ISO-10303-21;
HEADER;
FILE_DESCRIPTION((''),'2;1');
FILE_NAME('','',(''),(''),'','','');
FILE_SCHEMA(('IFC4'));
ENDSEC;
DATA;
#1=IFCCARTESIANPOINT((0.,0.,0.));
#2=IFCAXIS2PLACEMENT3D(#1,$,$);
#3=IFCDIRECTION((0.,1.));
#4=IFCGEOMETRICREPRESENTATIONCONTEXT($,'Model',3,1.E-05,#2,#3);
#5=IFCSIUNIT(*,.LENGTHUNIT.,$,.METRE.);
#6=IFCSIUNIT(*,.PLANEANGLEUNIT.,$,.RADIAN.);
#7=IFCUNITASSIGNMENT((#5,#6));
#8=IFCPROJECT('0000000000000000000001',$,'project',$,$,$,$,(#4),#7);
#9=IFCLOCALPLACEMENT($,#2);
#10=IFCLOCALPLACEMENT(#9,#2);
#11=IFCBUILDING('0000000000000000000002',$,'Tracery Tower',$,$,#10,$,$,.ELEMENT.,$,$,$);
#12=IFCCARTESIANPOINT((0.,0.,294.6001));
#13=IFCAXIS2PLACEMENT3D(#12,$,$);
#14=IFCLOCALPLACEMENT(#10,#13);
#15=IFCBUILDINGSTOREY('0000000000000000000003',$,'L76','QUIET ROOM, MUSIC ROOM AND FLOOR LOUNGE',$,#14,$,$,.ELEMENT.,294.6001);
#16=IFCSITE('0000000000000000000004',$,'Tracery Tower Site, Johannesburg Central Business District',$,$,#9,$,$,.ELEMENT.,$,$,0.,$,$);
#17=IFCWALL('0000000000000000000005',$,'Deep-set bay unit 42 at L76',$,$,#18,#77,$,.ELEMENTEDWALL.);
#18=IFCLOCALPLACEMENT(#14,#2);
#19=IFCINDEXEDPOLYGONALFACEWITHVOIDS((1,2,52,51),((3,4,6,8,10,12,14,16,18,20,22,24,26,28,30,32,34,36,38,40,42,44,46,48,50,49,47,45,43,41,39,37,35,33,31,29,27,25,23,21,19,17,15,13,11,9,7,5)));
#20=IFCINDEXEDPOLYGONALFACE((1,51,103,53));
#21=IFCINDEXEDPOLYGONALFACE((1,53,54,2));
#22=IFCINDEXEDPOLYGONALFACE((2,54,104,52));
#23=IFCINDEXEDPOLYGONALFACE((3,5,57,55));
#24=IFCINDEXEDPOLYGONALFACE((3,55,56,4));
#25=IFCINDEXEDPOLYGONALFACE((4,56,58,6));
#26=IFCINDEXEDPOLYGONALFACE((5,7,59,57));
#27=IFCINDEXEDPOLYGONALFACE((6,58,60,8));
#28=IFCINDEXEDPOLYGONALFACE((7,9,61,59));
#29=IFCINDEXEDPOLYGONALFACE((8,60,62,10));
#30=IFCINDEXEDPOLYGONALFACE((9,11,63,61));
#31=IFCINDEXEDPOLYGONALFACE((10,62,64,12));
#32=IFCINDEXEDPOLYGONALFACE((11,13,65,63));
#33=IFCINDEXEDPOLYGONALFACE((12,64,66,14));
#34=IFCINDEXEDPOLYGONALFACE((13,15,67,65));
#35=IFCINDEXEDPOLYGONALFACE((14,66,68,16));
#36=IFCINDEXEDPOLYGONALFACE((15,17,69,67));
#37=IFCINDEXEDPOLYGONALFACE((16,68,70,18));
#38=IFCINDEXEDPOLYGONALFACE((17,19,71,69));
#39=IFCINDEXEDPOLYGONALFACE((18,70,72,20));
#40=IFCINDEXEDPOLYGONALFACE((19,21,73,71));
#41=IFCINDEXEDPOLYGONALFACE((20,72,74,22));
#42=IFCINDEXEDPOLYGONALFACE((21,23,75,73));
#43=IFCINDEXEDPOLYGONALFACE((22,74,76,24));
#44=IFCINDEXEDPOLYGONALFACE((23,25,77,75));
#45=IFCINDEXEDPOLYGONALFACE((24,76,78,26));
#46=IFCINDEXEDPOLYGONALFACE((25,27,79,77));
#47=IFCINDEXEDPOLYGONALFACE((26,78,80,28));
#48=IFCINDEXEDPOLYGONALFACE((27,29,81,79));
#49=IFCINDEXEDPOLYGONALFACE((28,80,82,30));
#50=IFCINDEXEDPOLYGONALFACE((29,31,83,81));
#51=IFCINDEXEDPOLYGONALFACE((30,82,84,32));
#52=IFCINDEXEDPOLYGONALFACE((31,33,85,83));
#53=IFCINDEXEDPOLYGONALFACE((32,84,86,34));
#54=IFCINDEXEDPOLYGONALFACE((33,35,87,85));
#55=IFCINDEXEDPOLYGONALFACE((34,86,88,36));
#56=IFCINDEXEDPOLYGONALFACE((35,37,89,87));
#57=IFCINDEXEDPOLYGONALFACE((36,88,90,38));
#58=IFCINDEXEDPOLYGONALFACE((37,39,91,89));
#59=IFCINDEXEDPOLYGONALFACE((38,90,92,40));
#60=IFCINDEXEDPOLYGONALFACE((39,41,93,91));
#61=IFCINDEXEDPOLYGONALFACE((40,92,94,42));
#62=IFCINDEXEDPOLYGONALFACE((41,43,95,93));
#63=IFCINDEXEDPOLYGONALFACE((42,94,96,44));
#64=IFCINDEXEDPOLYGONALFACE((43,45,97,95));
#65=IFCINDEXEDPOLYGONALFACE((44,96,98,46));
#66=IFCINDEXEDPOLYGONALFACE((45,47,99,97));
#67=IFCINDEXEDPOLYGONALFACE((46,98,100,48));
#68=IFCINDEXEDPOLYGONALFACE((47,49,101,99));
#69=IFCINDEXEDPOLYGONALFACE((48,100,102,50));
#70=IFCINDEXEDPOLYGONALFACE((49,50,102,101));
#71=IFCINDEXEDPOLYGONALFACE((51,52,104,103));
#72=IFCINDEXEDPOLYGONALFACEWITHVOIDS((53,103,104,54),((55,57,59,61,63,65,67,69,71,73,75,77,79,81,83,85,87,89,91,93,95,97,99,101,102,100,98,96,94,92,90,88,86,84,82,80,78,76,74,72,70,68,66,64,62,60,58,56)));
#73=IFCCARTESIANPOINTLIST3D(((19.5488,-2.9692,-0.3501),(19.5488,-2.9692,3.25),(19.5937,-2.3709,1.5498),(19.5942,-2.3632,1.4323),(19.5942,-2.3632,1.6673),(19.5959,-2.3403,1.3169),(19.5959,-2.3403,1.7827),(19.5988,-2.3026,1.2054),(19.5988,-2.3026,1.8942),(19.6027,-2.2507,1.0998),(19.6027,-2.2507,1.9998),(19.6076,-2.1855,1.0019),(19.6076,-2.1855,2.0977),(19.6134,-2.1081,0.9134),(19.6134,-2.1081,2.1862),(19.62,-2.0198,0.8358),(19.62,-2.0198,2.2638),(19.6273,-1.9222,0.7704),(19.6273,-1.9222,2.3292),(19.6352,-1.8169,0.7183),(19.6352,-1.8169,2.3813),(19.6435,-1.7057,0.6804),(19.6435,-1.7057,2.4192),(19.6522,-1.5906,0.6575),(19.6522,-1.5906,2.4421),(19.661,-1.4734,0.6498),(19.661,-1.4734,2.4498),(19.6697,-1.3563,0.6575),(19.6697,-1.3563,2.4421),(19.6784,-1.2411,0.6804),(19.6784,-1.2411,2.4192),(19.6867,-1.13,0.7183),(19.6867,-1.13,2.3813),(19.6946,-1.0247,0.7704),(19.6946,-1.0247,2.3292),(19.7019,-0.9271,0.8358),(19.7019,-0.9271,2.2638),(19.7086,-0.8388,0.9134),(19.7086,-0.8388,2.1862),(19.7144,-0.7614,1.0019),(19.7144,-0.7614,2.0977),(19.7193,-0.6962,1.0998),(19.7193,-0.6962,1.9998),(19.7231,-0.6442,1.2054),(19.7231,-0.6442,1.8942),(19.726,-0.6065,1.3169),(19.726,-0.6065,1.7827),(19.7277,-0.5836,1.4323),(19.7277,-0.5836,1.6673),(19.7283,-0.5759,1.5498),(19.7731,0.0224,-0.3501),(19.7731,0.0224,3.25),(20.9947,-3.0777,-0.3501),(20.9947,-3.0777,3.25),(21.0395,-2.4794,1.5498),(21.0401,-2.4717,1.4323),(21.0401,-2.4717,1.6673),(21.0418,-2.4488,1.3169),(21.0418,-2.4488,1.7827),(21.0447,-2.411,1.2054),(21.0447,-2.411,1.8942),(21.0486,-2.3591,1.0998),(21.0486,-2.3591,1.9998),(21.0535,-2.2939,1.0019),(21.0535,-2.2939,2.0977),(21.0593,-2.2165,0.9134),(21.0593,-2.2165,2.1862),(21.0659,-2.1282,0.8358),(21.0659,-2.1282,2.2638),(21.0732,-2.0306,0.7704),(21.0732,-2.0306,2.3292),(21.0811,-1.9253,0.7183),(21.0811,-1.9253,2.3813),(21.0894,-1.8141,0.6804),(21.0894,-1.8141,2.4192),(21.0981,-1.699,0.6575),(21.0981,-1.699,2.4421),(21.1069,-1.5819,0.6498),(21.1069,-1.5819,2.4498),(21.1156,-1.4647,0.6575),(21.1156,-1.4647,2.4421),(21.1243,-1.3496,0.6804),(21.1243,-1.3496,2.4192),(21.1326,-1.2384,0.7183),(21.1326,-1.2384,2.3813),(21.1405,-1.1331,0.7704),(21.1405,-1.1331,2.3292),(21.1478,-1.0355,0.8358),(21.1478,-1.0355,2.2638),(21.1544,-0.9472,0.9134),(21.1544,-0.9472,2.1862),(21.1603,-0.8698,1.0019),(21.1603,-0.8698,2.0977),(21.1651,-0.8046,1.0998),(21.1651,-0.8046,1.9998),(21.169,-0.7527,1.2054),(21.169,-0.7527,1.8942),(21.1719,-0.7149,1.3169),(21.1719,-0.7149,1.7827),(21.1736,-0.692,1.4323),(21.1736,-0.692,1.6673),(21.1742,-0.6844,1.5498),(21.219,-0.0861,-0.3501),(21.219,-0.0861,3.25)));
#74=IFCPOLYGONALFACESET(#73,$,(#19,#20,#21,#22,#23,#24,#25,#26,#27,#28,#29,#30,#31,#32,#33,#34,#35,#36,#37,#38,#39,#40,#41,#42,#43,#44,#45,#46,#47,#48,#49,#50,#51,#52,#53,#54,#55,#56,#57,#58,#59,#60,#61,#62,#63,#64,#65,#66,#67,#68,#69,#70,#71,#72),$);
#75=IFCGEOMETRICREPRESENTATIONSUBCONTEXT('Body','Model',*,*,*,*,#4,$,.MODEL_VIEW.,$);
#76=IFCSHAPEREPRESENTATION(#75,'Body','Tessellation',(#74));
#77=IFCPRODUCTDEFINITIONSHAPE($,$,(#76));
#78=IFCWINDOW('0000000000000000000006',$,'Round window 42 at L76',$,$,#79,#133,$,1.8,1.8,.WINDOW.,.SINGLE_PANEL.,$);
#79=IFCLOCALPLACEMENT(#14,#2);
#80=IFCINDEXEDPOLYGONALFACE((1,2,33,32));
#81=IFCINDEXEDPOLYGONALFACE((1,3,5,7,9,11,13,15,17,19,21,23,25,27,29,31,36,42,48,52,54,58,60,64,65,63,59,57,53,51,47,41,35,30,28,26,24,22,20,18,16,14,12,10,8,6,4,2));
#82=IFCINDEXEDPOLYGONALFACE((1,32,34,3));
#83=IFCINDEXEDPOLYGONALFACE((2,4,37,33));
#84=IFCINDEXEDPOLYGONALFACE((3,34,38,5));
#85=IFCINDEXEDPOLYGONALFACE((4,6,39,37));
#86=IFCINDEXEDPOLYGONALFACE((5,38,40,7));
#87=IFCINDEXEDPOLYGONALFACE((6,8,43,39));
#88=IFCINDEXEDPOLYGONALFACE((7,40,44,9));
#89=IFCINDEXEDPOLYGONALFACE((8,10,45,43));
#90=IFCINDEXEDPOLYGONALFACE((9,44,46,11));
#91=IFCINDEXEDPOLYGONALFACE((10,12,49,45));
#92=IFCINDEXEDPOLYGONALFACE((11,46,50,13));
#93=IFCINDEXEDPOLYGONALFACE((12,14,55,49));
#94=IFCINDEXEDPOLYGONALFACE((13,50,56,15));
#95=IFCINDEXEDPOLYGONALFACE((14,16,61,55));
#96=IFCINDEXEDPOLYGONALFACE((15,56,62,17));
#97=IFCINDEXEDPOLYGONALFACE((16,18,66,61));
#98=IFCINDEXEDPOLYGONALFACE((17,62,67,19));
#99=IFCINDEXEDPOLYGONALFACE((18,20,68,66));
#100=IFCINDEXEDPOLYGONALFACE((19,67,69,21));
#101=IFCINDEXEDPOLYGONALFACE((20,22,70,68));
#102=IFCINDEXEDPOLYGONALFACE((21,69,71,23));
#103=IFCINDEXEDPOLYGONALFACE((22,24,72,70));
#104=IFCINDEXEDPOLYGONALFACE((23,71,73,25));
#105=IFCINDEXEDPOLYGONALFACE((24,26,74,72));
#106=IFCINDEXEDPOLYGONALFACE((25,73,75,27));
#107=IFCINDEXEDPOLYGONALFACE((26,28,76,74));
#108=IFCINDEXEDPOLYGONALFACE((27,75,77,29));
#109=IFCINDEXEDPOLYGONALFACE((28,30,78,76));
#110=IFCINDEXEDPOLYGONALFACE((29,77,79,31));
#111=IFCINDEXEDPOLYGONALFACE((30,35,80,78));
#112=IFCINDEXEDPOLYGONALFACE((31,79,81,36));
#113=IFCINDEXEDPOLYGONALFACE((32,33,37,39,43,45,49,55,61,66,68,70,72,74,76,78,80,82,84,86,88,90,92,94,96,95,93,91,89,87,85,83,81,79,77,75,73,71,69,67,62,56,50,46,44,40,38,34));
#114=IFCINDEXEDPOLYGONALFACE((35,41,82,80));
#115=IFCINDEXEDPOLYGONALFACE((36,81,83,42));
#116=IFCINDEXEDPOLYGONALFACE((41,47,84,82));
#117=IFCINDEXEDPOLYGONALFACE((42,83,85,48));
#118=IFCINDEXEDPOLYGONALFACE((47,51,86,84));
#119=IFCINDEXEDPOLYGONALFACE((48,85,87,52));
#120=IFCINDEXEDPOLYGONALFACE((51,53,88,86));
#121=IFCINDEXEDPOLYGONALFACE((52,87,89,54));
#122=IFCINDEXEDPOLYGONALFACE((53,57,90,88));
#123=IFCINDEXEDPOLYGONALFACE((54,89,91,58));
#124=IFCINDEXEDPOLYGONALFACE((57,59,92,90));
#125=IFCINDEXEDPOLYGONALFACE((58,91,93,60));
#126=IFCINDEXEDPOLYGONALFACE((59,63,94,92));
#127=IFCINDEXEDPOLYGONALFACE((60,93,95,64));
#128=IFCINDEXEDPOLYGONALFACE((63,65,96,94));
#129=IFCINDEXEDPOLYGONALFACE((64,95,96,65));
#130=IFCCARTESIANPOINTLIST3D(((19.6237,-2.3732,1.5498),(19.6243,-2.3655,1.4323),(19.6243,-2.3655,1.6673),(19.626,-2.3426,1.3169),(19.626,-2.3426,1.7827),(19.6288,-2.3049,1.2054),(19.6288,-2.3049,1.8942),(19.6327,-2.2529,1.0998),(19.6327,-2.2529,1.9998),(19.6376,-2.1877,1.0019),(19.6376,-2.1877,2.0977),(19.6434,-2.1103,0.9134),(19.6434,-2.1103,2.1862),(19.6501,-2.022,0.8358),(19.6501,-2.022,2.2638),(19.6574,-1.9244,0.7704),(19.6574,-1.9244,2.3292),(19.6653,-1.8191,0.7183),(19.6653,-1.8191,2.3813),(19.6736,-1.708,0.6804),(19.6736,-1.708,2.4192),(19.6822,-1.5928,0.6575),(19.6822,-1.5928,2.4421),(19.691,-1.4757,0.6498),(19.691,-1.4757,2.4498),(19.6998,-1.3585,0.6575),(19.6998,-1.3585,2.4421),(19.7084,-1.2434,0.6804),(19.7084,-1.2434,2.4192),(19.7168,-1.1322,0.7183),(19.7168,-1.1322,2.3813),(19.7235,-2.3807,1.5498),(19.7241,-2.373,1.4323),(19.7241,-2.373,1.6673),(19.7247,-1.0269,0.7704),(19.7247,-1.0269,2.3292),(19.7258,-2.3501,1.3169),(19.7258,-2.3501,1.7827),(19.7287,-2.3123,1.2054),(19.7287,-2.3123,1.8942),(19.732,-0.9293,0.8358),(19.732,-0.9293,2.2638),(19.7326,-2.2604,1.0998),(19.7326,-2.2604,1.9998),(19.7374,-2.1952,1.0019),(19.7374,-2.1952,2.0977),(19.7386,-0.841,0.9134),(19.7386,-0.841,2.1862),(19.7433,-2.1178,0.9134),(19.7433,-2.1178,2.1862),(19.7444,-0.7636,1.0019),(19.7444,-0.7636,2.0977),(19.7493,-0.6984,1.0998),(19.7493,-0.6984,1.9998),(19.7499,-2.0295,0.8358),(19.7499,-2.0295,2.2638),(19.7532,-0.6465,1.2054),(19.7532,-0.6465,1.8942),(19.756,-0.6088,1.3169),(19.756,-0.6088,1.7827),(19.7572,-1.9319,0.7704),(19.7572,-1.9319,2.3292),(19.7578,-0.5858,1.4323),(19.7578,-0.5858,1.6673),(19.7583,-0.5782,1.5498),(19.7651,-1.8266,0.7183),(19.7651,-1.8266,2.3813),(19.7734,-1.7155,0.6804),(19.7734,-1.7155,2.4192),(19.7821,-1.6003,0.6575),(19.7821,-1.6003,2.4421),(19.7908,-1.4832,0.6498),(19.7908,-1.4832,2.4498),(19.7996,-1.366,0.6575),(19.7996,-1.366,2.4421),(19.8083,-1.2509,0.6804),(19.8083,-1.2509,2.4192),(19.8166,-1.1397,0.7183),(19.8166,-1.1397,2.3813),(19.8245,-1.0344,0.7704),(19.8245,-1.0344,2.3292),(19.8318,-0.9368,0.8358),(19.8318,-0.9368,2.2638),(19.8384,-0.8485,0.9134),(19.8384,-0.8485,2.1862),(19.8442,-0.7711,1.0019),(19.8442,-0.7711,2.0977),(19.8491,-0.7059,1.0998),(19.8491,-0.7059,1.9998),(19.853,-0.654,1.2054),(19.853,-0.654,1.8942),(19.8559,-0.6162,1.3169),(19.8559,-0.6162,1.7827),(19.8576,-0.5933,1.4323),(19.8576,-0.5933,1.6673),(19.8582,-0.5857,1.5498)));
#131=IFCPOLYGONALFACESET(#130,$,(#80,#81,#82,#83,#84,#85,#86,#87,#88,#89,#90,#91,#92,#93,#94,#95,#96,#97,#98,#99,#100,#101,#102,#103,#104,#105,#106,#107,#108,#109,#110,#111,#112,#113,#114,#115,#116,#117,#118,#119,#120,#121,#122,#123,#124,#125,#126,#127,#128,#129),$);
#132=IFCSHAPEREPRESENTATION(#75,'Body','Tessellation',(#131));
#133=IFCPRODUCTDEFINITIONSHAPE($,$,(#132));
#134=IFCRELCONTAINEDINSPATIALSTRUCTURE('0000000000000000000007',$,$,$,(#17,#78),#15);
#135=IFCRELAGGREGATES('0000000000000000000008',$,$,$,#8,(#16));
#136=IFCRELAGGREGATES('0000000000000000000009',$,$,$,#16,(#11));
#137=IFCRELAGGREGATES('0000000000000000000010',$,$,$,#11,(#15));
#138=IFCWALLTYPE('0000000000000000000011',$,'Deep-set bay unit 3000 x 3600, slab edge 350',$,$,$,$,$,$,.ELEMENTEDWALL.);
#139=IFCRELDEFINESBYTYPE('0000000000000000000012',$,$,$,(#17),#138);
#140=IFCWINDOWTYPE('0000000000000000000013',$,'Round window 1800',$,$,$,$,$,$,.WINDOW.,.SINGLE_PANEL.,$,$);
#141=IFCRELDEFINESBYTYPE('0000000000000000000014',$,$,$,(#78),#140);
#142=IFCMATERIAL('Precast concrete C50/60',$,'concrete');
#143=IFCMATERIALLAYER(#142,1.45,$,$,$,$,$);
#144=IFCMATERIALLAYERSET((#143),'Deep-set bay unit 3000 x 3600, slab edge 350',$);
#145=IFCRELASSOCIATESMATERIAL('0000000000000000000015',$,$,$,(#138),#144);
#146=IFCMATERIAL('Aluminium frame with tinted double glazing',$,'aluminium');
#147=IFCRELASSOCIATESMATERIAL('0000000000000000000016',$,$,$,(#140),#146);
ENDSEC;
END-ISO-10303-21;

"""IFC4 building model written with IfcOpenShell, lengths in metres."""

from ifc_helpers import new_model, si_unit, direction, frame, frame_2d, origin, origin_2d, place, context, subcontext, project, spatial, rectangle, circle, extrude, material, layer, layer_set, type_object, element, fill, save


model = new_model("IFC4")

# Units and contexts
model_context = context("Model", 3, precision=1e-05, world=origin(), true_north=direction((0.0, 1.0)))
body_context = subcontext(model_context, "Body", "Model", "MODEL_VIEW")
ifc_project = project(units=[si_unit("LENGTHUNIT", "METRE"), si_unit("PLANEANGLEUNIT", "RADIAN")], contexts=[model_context])

# Site, building, storey
site_placement = place(None, origin())
site = spatial("IfcSite", under=ifc_project, at=site_placement, Name="Tracery Tower Site, Johannesburg Central Business District", CompositionType="ELEMENT", RefElevation=0.0)
building_placement = place(site_placement, origin())
building = spatial("IfcBuilding", under=site, at=building_placement, Name="Tracery Tower", CompositionType="ELEMENT")
storey_placement = place(building_placement, frame((0.0, 0.0, 294.6001)))
storey = spatial("IfcBuildingStorey", under=building, at=storey_placement, Name="L76", Description="QUIET ROOM, MUSIC ROOM AND FLOOR LOUNGE", CompositionType="ELEMENT", Elevation=294.6001)

# Wall, opening, window
ifc_material_1 = material(Name="Precast concrete C50/60", Category="concrete")
ifc_layer_1 = layer(ifc_material_1, 1.45)
ifc_layer_set_1 = layer_set([ifc_layer_1], Name="Deep-set bay unit 3000 x 3600, slab edge 350")
wall_type_1 = type_object("IfcWallType", Name="Deep-set bay unit 3000 x 3600, slab edge 350", PredefinedType="ELEMENTEDWALL", material=ifc_layer_set_1)
wall_1_placement = place(storey_placement, frame((20.2717, -3.0234, -0.3501), z_axis=(0.0, 0.0, 1.0), x_axis=(0.074786, 0.9972, 0.0)))
wall_1 = element("IfcWall", 1, at=wall_1_placement, inside=storey, type_object=wall_type_1, Name="Deep-set bay unit 42 at L76", PredefinedType="ELEMENTEDWALL", context=body_context, shape_type="SweptSolid", body=[
    extrude(rectangle(XDim=3.0, YDim=1.45, at=frame_2d((1.5, 0.0))), origin(), (0.0, 0.0, 1.0), 3.6001),
])
opening_1_placement = place(wall_1_placement, frame((1.5, 0.0, 1.8999)))
opening_1 = element("IfcOpeningElement", 2, at=opening_1_placement, cuts=wall_1, PredefinedType="OPENING", context=body_context, shape_type="SweptSolid", body=[
    extrude(circle(Radius=0.9, at=origin_2d()), frame((0.0, 0.7349, 0.0), z_axis=(0.0, -1.0, 0.0), x_axis=(1.0, 0.0, 0.0)), (0.0, 0.0, 1.0), 1.47),
])
ifc_material_2 = material(Name="Aluminium frame with tinted double glazing", Category="aluminium")
window_type = type_object("IfcWindowType", Name="Round window 1800", PartitioningType="SINGLE_PANEL", PredefinedType="WINDOW", material=ifc_material_2)
window_1_placement = place(opening_1_placement, origin())
window_1 = element("IfcWindow", 3, at=window_1_placement, inside=storey, type_object=window_type, Name="Round window 42 at L76", OverallHeight=1.8, OverallWidth=1.8, PartitioningType="SINGLE_PANEL", PredefinedType="WINDOW", context=body_context, shape_type="SweptSolid", body=[
    extrude(circle(Radius=0.9, at=origin_2d()), frame((0.0, 0.6948, 0.0), z_axis=(0.0, -1.0, 0.0), x_axis=(1.0, 0.0, 0.0)), (0.0, 0.0, 1.0), 0.1001),
])
fill(opening_1, window_1)

save(model, "model.ifc")
